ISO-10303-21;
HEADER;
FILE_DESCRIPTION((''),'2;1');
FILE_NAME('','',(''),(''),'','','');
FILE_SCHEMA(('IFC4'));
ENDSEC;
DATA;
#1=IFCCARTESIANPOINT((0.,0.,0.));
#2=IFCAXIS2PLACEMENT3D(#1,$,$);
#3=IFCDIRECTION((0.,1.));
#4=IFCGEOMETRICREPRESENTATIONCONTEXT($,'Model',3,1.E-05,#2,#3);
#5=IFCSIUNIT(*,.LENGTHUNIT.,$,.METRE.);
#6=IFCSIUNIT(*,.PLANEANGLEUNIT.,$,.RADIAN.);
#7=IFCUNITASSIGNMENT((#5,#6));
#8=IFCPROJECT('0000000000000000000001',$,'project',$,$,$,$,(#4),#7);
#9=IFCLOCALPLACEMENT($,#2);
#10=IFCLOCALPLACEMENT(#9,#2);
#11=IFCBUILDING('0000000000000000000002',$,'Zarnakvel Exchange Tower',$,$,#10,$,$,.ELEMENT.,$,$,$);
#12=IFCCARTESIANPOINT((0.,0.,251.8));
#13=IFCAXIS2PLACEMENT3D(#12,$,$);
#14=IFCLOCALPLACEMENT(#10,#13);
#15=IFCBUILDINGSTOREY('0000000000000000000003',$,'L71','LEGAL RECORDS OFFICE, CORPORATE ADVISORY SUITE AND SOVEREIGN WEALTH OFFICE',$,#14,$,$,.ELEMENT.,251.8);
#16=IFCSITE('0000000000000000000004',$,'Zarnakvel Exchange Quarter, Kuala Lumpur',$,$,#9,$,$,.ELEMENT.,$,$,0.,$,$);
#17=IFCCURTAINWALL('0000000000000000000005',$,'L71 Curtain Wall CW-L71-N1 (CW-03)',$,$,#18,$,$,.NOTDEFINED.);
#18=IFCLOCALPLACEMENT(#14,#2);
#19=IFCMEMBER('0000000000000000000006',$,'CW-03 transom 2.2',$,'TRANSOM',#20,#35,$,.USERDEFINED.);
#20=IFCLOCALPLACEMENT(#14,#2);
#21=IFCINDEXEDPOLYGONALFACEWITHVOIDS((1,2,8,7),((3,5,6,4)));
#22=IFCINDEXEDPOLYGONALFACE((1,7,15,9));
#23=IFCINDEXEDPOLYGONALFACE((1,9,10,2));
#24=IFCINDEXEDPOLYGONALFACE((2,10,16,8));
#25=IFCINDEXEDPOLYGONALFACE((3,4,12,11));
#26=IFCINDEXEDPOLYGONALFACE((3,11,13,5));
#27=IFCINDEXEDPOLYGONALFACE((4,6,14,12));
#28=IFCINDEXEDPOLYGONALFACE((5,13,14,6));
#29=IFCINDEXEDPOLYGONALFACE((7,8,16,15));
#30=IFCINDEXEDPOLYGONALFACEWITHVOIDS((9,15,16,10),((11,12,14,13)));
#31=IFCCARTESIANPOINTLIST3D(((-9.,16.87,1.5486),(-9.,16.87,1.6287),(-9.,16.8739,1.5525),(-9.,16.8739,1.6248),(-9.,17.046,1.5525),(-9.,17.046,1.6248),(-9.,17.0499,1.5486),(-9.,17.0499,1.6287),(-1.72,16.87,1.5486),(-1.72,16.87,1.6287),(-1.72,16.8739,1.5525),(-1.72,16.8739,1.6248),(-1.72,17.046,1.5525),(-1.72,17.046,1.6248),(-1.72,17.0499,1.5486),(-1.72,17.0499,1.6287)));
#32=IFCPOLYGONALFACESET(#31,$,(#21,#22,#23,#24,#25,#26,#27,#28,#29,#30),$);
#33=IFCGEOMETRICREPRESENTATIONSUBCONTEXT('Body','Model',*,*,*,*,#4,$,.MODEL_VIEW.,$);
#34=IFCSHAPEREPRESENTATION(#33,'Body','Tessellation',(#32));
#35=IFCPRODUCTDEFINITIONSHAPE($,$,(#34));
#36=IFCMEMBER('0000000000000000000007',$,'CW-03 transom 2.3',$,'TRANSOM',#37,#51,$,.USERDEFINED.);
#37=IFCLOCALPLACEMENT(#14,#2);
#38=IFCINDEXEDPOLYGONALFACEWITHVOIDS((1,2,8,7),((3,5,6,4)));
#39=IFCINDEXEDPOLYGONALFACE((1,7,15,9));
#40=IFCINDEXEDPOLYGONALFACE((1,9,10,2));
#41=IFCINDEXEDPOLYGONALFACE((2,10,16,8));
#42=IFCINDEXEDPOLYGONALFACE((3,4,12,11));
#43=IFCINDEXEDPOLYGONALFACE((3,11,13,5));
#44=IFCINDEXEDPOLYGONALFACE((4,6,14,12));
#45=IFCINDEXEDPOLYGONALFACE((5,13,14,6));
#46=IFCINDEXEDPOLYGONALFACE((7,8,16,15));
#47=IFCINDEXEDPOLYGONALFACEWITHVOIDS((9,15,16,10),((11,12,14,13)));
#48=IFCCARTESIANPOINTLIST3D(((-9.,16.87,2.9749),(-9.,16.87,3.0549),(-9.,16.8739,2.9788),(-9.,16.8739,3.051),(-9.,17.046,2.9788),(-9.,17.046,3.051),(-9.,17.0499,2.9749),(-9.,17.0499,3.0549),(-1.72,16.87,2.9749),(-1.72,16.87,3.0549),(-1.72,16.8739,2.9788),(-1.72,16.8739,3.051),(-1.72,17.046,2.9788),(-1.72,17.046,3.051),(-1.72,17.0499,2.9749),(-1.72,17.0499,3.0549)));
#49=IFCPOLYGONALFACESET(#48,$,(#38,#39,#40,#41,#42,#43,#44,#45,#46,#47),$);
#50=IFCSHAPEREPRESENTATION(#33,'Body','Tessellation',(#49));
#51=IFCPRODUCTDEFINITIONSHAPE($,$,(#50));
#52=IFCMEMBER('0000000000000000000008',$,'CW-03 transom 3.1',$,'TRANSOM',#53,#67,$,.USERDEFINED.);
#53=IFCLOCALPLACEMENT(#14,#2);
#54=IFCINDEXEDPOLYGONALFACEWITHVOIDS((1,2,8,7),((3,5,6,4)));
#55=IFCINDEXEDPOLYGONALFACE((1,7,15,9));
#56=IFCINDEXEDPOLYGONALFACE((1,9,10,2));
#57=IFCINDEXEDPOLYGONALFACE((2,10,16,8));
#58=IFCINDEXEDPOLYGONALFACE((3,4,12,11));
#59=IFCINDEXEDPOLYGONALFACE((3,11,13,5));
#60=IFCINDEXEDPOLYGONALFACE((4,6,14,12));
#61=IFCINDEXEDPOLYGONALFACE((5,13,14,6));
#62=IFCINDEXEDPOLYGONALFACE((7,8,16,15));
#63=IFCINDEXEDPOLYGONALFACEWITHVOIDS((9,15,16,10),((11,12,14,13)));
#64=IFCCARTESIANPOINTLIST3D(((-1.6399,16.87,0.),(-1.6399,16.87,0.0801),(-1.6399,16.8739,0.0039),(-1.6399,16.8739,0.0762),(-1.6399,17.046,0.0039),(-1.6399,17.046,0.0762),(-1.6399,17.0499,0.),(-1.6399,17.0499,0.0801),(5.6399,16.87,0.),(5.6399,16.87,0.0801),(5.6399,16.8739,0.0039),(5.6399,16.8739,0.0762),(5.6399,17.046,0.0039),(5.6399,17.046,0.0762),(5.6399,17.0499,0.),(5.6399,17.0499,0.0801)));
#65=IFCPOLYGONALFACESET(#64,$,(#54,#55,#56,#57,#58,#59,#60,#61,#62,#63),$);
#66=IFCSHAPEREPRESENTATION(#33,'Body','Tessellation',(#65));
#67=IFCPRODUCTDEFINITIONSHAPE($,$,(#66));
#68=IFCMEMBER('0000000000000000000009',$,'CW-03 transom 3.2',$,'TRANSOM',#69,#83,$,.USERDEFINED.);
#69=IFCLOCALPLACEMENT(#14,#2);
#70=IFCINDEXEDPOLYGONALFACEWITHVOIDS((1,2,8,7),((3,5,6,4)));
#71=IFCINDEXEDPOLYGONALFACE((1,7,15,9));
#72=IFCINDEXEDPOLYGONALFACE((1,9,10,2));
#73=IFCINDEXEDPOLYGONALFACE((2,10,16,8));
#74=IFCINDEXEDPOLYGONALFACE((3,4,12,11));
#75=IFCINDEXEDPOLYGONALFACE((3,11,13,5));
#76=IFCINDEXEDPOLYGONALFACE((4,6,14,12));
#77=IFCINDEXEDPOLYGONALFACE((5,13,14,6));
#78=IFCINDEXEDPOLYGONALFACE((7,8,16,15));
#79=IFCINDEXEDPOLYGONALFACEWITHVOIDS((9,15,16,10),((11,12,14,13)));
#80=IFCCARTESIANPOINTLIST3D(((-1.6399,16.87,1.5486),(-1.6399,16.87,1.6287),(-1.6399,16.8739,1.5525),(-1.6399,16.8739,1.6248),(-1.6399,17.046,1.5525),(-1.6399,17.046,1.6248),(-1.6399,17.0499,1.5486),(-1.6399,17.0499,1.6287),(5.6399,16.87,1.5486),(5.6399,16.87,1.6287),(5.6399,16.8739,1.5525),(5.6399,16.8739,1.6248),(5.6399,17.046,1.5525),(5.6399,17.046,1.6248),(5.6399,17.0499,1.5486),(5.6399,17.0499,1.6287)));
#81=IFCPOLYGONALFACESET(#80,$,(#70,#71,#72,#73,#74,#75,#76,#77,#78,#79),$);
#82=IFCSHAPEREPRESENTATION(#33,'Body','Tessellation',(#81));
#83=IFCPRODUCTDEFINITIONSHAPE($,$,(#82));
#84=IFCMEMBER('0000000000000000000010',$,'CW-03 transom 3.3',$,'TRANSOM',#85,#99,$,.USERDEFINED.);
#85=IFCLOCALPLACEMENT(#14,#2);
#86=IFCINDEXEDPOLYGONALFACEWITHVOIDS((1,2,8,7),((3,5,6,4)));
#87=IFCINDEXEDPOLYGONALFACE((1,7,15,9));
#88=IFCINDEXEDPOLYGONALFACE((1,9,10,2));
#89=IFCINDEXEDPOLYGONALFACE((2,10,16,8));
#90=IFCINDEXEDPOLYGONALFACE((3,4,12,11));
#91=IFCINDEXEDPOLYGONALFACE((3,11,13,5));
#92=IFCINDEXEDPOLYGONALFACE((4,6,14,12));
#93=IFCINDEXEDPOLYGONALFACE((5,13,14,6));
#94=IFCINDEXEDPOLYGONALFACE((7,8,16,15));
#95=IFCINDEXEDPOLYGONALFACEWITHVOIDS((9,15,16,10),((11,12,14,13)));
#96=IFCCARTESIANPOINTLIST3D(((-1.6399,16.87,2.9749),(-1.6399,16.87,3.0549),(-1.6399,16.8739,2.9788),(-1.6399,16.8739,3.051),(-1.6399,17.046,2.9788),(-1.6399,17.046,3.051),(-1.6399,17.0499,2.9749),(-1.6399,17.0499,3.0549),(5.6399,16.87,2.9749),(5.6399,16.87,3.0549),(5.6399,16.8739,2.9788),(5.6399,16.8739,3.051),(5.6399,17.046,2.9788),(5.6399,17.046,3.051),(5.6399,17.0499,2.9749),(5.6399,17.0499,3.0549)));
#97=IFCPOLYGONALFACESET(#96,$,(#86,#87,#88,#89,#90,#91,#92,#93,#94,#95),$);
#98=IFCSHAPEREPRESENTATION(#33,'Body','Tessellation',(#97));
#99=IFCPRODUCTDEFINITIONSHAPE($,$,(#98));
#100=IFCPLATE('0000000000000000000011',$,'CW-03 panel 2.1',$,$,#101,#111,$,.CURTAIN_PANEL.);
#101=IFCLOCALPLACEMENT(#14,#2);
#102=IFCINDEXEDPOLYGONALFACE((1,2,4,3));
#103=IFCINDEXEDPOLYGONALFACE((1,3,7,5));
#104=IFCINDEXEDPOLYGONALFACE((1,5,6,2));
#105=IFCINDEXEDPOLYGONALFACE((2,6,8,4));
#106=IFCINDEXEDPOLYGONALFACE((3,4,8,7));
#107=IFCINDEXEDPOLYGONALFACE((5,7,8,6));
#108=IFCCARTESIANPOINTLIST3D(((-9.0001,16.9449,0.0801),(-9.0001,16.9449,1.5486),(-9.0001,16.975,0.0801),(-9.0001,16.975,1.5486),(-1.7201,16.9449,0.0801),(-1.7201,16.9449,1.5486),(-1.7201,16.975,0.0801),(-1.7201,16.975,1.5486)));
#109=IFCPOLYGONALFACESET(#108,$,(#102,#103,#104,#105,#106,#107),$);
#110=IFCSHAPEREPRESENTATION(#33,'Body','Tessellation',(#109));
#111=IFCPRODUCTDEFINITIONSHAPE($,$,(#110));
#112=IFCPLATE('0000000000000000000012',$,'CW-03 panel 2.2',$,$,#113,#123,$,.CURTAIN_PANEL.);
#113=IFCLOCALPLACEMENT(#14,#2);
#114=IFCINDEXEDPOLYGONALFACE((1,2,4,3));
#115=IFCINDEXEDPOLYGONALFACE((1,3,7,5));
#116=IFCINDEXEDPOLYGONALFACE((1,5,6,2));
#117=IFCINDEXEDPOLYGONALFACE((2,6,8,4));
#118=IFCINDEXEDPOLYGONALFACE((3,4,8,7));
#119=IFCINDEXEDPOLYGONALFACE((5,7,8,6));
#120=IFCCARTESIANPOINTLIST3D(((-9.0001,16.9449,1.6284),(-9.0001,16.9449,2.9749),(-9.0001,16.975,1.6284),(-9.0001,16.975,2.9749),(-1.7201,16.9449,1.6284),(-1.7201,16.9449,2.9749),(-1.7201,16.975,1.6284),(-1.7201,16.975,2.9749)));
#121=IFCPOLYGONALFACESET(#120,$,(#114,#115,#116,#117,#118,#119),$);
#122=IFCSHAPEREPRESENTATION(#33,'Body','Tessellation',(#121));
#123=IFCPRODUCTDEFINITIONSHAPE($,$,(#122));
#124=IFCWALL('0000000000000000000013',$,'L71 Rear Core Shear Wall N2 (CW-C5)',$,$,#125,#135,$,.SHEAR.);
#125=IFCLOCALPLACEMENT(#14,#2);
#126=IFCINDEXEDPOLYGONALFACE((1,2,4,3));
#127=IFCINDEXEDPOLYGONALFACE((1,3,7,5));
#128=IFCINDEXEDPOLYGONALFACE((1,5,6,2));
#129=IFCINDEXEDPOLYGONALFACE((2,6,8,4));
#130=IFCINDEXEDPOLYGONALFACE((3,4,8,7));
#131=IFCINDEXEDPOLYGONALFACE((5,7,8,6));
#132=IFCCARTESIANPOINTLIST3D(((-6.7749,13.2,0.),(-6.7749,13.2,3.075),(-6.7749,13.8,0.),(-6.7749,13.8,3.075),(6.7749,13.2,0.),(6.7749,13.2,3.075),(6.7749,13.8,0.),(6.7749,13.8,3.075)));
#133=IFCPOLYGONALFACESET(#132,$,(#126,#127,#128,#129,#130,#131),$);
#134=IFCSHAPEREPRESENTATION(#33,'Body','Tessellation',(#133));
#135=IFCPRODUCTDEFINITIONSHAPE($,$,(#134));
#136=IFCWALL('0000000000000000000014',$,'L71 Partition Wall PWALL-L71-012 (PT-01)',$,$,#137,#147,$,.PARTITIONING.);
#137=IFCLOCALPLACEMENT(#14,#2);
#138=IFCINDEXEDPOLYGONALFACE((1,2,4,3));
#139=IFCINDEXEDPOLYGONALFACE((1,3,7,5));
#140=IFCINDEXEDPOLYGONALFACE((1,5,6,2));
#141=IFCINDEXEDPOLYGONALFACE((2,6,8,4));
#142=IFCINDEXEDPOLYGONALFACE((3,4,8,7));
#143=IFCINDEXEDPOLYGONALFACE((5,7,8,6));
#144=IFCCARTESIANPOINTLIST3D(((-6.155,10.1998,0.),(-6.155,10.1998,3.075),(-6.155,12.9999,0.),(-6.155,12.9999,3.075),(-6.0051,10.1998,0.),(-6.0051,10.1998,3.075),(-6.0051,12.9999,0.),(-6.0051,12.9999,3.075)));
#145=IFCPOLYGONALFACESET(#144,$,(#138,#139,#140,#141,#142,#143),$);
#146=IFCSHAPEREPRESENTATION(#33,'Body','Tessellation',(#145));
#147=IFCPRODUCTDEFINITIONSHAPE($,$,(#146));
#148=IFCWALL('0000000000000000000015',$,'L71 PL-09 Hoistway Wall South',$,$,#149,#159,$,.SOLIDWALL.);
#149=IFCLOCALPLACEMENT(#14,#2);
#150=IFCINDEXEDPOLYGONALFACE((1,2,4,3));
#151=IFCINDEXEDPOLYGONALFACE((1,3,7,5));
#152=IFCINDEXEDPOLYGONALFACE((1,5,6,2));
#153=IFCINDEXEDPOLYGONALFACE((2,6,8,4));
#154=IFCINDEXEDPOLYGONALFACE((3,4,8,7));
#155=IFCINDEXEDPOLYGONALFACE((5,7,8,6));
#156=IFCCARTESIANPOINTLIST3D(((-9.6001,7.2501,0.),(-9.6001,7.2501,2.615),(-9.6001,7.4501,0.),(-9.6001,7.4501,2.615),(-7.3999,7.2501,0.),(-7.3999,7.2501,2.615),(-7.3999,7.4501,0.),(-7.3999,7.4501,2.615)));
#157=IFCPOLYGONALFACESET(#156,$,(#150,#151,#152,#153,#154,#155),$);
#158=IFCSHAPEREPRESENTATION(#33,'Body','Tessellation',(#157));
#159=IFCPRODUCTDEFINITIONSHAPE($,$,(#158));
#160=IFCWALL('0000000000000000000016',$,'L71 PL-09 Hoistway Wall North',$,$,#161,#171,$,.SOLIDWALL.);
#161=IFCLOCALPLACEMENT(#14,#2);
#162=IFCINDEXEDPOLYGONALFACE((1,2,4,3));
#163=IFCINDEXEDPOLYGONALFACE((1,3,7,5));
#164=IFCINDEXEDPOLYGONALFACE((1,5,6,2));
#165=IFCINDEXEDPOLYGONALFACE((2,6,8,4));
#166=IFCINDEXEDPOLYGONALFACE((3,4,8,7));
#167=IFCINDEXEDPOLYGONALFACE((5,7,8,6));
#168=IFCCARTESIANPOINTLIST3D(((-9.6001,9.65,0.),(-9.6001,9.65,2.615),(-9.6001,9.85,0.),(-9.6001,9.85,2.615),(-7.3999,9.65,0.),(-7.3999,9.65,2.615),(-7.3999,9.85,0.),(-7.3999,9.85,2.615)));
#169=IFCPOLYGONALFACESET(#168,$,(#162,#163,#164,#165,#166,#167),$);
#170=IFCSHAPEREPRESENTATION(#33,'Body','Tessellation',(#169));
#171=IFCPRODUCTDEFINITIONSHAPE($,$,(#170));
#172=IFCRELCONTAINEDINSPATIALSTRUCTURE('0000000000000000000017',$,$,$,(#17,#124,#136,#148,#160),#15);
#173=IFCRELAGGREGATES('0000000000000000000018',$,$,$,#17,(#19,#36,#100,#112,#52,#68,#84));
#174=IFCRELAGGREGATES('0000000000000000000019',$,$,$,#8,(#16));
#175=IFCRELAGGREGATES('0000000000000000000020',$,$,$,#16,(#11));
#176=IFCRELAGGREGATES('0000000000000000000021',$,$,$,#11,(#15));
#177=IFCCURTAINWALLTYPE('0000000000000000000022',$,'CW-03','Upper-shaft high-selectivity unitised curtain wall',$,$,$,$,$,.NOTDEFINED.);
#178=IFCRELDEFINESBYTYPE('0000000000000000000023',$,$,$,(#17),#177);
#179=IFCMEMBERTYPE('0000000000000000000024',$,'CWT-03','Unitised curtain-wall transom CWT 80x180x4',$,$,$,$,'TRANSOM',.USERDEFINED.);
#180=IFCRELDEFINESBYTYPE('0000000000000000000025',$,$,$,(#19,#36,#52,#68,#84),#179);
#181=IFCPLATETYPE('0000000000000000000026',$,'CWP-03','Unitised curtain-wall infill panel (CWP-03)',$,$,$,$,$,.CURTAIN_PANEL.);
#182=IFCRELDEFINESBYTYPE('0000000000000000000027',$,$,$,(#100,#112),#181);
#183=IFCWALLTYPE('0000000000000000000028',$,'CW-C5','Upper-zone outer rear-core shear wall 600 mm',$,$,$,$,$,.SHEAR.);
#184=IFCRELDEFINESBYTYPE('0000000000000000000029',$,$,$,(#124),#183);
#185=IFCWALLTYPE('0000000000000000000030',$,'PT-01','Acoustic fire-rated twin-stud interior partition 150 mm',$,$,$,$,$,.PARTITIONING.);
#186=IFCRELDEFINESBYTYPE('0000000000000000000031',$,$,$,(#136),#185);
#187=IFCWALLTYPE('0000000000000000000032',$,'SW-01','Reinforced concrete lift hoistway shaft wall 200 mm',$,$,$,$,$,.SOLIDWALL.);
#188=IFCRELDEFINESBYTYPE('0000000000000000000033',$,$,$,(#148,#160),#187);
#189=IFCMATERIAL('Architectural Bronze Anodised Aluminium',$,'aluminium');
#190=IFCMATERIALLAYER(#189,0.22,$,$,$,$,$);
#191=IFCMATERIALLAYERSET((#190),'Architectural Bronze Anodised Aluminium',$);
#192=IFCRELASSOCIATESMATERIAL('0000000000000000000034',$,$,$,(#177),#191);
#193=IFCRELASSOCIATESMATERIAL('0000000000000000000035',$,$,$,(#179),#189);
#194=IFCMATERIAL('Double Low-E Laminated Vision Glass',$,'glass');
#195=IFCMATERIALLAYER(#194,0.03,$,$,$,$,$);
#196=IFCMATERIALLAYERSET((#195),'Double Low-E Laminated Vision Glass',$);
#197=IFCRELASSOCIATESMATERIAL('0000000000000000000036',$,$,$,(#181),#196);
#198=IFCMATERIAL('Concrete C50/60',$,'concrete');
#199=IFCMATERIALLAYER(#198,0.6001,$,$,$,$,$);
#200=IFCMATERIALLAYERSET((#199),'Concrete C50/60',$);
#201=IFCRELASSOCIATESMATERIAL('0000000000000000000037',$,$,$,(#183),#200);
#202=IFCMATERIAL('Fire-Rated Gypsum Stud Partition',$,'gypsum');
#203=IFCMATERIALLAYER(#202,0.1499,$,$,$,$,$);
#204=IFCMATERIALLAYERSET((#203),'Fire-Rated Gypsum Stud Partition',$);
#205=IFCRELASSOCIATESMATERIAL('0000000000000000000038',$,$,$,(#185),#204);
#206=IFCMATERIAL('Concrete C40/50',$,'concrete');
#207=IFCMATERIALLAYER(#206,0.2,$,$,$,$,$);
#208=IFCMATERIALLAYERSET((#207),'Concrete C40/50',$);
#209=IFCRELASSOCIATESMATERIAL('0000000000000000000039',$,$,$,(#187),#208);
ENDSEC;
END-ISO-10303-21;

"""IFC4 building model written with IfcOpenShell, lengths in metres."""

from ifc_helpers import new_model, si_unit, direction, frame, frame_2d, origin, origin_2d, place, context, subcontext, project, spatial, rectangle, hollow_rectangle, extrude, source, transform, mapped, material, layer, layer_set, material_profile, profile_set, type_object, element, aggregate, save


model = new_model("IFC4")

# Units and contexts
model_context = context("Model", 3, precision=1e-05, world=origin(), true_north=direction((0.0, 1.0)))
body_context = subcontext(model_context, "Body", "Model", "MODEL_VIEW")
ifc_project = project(units=[si_unit("LENGTHUNIT", "METRE"), si_unit("PLANEANGLEUNIT", "RADIAN")], contexts=[model_context])

# Site, building, storey
site_placement = place(None, origin())
site = spatial("IfcSite", under=ifc_project, at=site_placement, Name="Zarnakvel Exchange Quarter, Kuala Lumpur", CompositionType="ELEMENT", RefElevation=0.0)
building_placement = place(site_placement, origin())
building = spatial("IfcBuilding", under=site, at=building_placement, Name="Zarnakvel Exchange Tower", CompositionType="ELEMENT")
storey_placement = place(building_placement, frame((0.0, 0.0, 251.8)))
storey = spatial("IfcBuildingStorey", under=building, at=storey_placement, Name="L71", Description="LEGAL RECORDS OFFICE, CORPORATE ADVISORY SUITE AND SOVEREIGN WEALTH OFFICE", CompositionType="ELEMENT", Elevation=251.8)

# Shared definitions
ifc_material_1 = material(Name="Concrete C50/60", Category="concrete")

# Curtain wall, members, plates
ifc_material_2 = material(Name="Architectural Bronze Anodised Aluminium", Category="aluminium")
ifc_layer_1 = layer(ifc_material_2, 0.22)
ifc_layer_set_1 = layer_set([ifc_layer_1], Name="Architectural Bronze Anodised Aluminium")
curtain_wall_type = type_object("IfcCurtainWallType", Name="CW-03", Description="Upper-shaft high-selectivity unitised curtain wall", PredefinedType="NOTDEFINED", material=ifc_layer_set_1)
curtain_wall_placement = place(storey_placement, origin())
curtain_wall = element("IfcCurtainWall", 1, at=curtain_wall_placement, inside=storey, type_object=curtain_wall_type, Name="L71 Curtain Wall CW-L71-N1 (CW-03)", PredefinedType="NOTDEFINED")
ifc_material_profile_1 = material_profile(ifc_material_2, hollow_rectangle(XDim=0.1799, YDim=0.0801, WallThickness=0.0039, at=origin_2d()))
ifc_profile_set_1 = profile_set([ifc_material_profile_1], Name="Architectural Bronze Anodised Aluminium")
member_type_1 = type_object("IfcMemberType", Name="CWT-03", Description="Unitised curtain-wall transom CWT 80x180x4", ElementType="TRANSOM", PredefinedType="USERDEFINED", material=ifc_profile_set_1)
shared_shape_1 = source(origin(), body_context, "Body", "SweptSolid", [
    extrude(hollow_rectangle(XDim=0.1799, YDim=0.0801, WallThickness=0.0039, at=origin_2d()), origin(), (0.0, 0.0, 1.0), 7.28),
])
member_1_placement = place(storey_placement, frame((-9.0, 16.96, 1.5886), z_axis=(1.0, 0.0, 0.0), x_axis=(0.0, 1.0, 0.0)))
member_1 = element("IfcMember", 2, at=member_1_placement, type_object=member_type_1, Name="CW-03 transom 2.2", ObjectType="TRANSOM", PredefinedType="USERDEFINED", context=body_context, shape_type="MappedRepresentation", body=[
    mapped(shared_shape_1, transform((0.0, 0.0, 0.0), x_axis=(1.0, 0.0, 0.0), y_axis=(0.0, 1.0, 0.0), z_axis=(0.0, 0.0, 1.0), scale=1.0)),
])
member_2_placement = place(storey_placement, frame((-9.0, 16.96, 3.0149), z_axis=(1.0, 0.0, 0.0), x_axis=(0.0, 1.0, 0.0)))
member_2 = element("IfcMember", 3, at=member_2_placement, type_object=member_type_1, Name="CW-03 transom 2.3", ObjectType="TRANSOM", PredefinedType="USERDEFINED", context=body_context, shape_type="MappedRepresentation", body=[
    mapped(shared_shape_1, transform((0.0, 0.0, 0.0), x_axis=(1.0, 0.0, 0.0), y_axis=(0.0, 1.0, 0.0), z_axis=(0.0, 0.0, 1.0), scale=1.0)),
])
shared_shape_2 = source(origin(), body_context, "Body", "SweptSolid", [
    extrude(hollow_rectangle(XDim=0.1799, YDim=0.0801, WallThickness=0.0039, at=origin_2d()), origin(), (0.0, 0.0, 1.0), 7.2798),
])
member_3_placement = place(storey_placement, frame((-1.6399, 16.96, 0.04), z_axis=(1.0, 0.0, 0.0), x_axis=(0.0, 1.0, 0.0)))
member_3 = element("IfcMember", 4, at=member_3_placement, type_object=member_type_1, Name="CW-03 transom 3.1", ObjectType="TRANSOM", PredefinedType="USERDEFINED", context=body_context, shape_type="MappedRepresentation", body=[
    mapped(shared_shape_2, transform((0.0, 0.0, 0.0), x_axis=(1.0, 0.0, 0.0), y_axis=(0.0, 1.0, 0.0), z_axis=(0.0, 0.0, 1.0), scale=1.0)),
])
member_4_placement = place(storey_placement, frame((-1.6399, 16.96, 1.5886), z_axis=(1.0, 0.0, 0.0), x_axis=(0.0, 1.0, 0.0)))
member_4 = element("IfcMember", 5, at=member_4_placement, type_object=member_type_1, Name="CW-03 transom 3.2", ObjectType="TRANSOM", PredefinedType="USERDEFINED", context=body_context, shape_type="MappedRepresentation", body=[
    mapped(shared_shape_2, transform((0.0, 0.0, 0.0), x_axis=(1.0, 0.0, 0.0), y_axis=(0.0, 1.0, 0.0), z_axis=(0.0, 0.0, 1.0), scale=1.0)),
])
member_5_placement = place(storey_placement, frame((-1.6399, 16.96, 3.0149), z_axis=(1.0, 0.0, 0.0), x_axis=(0.0, 1.0, 0.0)))
member_5 = element("IfcMember", 6, at=member_5_placement, type_object=member_type_1, Name="CW-03 transom 3.3", ObjectType="TRANSOM", PredefinedType="USERDEFINED", context=body_context, shape_type="MappedRepresentation", body=[
    mapped(shared_shape_2, transform((0.0, 0.0, 0.0), x_axis=(1.0, 0.0, 0.0), y_axis=(0.0, 1.0, 0.0), z_axis=(0.0, 0.0, 1.0), scale=1.0)),
])
ifc_material_3 = material(Name="Double Low-E Laminated Vision Glass", Category="glass")
ifc_layer_2 = layer(ifc_material_3, 0.03)
ifc_layer_set_2 = layer_set([ifc_layer_2], Name="Double Low-E Laminated Vision Glass")
plate_type = type_object("IfcPlateType", Name="CWP-03", Description="Unitised curtain-wall infill panel (CWP-03)", PredefinedType="CURTAIN_PANEL", material=ifc_layer_set_2)
shared_shape_3 = source(origin(), body_context, "Body", "SweptSolid", [
    extrude(rectangle(XDim=7.28, YDim=0.03, at=origin_2d()), origin(), (0.0, 0.0, 1.0), 1.4685),
])
plate_1_placement = place(storey_placement, frame((-5.3601, 16.96, 0.0801), z_axis=(0.0, 0.0, 1.0), x_axis=(1.0, 0.0, 0.0)))
plate_1 = element("IfcPlate", 7, at=plate_1_placement, type_object=plate_type, Name="CW-03 panel 2.1", PredefinedType="CURTAIN_PANEL", context=body_context, shape_type="MappedRepresentation", body=[
    mapped(shared_shape_3, transform((0.0, 0.0, 0.0), x_axis=(1.0, 0.0, 0.0), y_axis=(0.0, 1.0, 0.0), z_axis=(0.0, 0.0, 1.0), scale=1.0)),
])
shared_shape_4 = source(origin(), body_context, "Body", "SweptSolid", [
    extrude(rectangle(XDim=7.28, YDim=0.03, at=origin_2d()), origin(), (0.0, 0.0, 1.0), 1.3464),
])
plate_2_placement = place(storey_placement, frame((-5.3601, 16.96, 1.6284), z_axis=(0.0, 0.0, 1.0), x_axis=(1.0, 0.0, 0.0)))
plate_2 = element("IfcPlate", 8, at=plate_2_placement, type_object=plate_type, Name="CW-03 panel 2.2", PredefinedType="CURTAIN_PANEL", context=body_context, shape_type="MappedRepresentation", body=[
    mapped(shared_shape_4, transform((0.0, 0.0, 0.0), x_axis=(1.0, 0.0, 0.0), y_axis=(0.0, 1.0, 0.0), z_axis=(0.0, 0.0, 1.0), scale=1.0)),
])
aggregate(curtain_wall, [member_1, member_2, plate_1, plate_2, member_3, member_4, member_5])

# Walls
ifc_layer_3 = layer(ifc_material_1, 0.6001)
ifc_layer_set_3 = layer_set([ifc_layer_3], Name="Concrete C50/60")
wall_type_1 = type_object("IfcWallType", Name="CW-C5", Description="Upper-zone outer rear-core shear wall 600 mm", PredefinedType="SHEAR", material=ifc_layer_set_3)
wall_1_placement = place(storey_placement, frame((-6.7749, 13.5, 0.0), z_axis=(0.0, 0.0, 1.0), x_axis=(1.0, 0.0, 0.0)))
element("IfcWall", 9, at=wall_1_placement, inside=storey, type_object=wall_type_1, Name="L71 Rear Core Shear Wall N2 (CW-C5)", PredefinedType="SHEAR", context=body_context, shape_type="SweptSolid", body=[
    extrude(rectangle(XDim=13.5498, YDim=0.6001, at=frame_2d((6.7749, 0.0))), origin(), (0.0, 0.0, 1.0), 3.075),
])
ifc_material_4 = material(Name="Fire-Rated Gypsum Stud Partition", Category="gypsum")
ifc_layer_4 = layer(ifc_material_4, 0.1499)
ifc_layer_set_4 = layer_set([ifc_layer_4], Name="Fire-Rated Gypsum Stud Partition")
wall_type_2 = type_object("IfcWallType", Name="PT-01", Description="Acoustic fire-rated twin-stud interior partition 150 mm", PredefinedType="PARTITIONING", material=ifc_layer_set_4)
wall_2_placement = place(storey_placement, frame((-6.0801, 10.2, 0.0), z_axis=(0.0, 0.0, 1.0), x_axis=(0.0, 1.0, 0.0)))
element("IfcWall", 10, at=wall_2_placement, inside=storey, type_object=wall_type_2, Name="L71 Partition Wall PWALL-L71-012 (PT-01)", PredefinedType="PARTITIONING", context=body_context, shape_type="SweptSolid", body=[
    extrude(rectangle(XDim=2.8, YDim=0.1499, at=frame_2d((1.3999, 0.0))), origin(), (0.0, 0.0, 1.0), 3.075),
])
ifc_material_5 = material(Name="Concrete C40/50", Category="concrete")
ifc_layer_5 = layer(ifc_material_5, 0.2)
ifc_layer_set_5 = layer_set([ifc_layer_5], Name="Concrete C40/50")
wall_type_3 = type_object("IfcWallType", Name="SW-01", Description="Reinforced concrete lift hoistway shaft wall 200 mm", PredefinedType="SOLIDWALL", material=ifc_layer_set_5)
for number, where, z_axis, x_axis, name in (
    (11, (-7.3999, 7.3501, 0.0), (0.0, 0.0, 1.0), (-1.0, 0.0, 0.0), "L71 PL-09 Hoistway Wall South"),
    (12, (-9.6001, 9.75, 0.0), (0.0, 0.0, 1.0), (1.0, 0.0, 0.0), "L71 PL-09 Hoistway Wall North"),
):
    element("IfcWall", number, at=place(storey_placement, frame(where, z_axis=z_axis, x_axis=x_axis)), inside=storey, type_object=wall_type_3, Name=name, PredefinedType="SOLIDWALL", context=body_context, shape_type="SweptSolid", body=[
        extrude(rectangle(XDim=2.2002, YDim=0.2, at=frame_2d((1.1001, 0.0))), origin(), (0.0, 0.0, 1.0), 2.615),
    ])

save(model, "model.ifc")
